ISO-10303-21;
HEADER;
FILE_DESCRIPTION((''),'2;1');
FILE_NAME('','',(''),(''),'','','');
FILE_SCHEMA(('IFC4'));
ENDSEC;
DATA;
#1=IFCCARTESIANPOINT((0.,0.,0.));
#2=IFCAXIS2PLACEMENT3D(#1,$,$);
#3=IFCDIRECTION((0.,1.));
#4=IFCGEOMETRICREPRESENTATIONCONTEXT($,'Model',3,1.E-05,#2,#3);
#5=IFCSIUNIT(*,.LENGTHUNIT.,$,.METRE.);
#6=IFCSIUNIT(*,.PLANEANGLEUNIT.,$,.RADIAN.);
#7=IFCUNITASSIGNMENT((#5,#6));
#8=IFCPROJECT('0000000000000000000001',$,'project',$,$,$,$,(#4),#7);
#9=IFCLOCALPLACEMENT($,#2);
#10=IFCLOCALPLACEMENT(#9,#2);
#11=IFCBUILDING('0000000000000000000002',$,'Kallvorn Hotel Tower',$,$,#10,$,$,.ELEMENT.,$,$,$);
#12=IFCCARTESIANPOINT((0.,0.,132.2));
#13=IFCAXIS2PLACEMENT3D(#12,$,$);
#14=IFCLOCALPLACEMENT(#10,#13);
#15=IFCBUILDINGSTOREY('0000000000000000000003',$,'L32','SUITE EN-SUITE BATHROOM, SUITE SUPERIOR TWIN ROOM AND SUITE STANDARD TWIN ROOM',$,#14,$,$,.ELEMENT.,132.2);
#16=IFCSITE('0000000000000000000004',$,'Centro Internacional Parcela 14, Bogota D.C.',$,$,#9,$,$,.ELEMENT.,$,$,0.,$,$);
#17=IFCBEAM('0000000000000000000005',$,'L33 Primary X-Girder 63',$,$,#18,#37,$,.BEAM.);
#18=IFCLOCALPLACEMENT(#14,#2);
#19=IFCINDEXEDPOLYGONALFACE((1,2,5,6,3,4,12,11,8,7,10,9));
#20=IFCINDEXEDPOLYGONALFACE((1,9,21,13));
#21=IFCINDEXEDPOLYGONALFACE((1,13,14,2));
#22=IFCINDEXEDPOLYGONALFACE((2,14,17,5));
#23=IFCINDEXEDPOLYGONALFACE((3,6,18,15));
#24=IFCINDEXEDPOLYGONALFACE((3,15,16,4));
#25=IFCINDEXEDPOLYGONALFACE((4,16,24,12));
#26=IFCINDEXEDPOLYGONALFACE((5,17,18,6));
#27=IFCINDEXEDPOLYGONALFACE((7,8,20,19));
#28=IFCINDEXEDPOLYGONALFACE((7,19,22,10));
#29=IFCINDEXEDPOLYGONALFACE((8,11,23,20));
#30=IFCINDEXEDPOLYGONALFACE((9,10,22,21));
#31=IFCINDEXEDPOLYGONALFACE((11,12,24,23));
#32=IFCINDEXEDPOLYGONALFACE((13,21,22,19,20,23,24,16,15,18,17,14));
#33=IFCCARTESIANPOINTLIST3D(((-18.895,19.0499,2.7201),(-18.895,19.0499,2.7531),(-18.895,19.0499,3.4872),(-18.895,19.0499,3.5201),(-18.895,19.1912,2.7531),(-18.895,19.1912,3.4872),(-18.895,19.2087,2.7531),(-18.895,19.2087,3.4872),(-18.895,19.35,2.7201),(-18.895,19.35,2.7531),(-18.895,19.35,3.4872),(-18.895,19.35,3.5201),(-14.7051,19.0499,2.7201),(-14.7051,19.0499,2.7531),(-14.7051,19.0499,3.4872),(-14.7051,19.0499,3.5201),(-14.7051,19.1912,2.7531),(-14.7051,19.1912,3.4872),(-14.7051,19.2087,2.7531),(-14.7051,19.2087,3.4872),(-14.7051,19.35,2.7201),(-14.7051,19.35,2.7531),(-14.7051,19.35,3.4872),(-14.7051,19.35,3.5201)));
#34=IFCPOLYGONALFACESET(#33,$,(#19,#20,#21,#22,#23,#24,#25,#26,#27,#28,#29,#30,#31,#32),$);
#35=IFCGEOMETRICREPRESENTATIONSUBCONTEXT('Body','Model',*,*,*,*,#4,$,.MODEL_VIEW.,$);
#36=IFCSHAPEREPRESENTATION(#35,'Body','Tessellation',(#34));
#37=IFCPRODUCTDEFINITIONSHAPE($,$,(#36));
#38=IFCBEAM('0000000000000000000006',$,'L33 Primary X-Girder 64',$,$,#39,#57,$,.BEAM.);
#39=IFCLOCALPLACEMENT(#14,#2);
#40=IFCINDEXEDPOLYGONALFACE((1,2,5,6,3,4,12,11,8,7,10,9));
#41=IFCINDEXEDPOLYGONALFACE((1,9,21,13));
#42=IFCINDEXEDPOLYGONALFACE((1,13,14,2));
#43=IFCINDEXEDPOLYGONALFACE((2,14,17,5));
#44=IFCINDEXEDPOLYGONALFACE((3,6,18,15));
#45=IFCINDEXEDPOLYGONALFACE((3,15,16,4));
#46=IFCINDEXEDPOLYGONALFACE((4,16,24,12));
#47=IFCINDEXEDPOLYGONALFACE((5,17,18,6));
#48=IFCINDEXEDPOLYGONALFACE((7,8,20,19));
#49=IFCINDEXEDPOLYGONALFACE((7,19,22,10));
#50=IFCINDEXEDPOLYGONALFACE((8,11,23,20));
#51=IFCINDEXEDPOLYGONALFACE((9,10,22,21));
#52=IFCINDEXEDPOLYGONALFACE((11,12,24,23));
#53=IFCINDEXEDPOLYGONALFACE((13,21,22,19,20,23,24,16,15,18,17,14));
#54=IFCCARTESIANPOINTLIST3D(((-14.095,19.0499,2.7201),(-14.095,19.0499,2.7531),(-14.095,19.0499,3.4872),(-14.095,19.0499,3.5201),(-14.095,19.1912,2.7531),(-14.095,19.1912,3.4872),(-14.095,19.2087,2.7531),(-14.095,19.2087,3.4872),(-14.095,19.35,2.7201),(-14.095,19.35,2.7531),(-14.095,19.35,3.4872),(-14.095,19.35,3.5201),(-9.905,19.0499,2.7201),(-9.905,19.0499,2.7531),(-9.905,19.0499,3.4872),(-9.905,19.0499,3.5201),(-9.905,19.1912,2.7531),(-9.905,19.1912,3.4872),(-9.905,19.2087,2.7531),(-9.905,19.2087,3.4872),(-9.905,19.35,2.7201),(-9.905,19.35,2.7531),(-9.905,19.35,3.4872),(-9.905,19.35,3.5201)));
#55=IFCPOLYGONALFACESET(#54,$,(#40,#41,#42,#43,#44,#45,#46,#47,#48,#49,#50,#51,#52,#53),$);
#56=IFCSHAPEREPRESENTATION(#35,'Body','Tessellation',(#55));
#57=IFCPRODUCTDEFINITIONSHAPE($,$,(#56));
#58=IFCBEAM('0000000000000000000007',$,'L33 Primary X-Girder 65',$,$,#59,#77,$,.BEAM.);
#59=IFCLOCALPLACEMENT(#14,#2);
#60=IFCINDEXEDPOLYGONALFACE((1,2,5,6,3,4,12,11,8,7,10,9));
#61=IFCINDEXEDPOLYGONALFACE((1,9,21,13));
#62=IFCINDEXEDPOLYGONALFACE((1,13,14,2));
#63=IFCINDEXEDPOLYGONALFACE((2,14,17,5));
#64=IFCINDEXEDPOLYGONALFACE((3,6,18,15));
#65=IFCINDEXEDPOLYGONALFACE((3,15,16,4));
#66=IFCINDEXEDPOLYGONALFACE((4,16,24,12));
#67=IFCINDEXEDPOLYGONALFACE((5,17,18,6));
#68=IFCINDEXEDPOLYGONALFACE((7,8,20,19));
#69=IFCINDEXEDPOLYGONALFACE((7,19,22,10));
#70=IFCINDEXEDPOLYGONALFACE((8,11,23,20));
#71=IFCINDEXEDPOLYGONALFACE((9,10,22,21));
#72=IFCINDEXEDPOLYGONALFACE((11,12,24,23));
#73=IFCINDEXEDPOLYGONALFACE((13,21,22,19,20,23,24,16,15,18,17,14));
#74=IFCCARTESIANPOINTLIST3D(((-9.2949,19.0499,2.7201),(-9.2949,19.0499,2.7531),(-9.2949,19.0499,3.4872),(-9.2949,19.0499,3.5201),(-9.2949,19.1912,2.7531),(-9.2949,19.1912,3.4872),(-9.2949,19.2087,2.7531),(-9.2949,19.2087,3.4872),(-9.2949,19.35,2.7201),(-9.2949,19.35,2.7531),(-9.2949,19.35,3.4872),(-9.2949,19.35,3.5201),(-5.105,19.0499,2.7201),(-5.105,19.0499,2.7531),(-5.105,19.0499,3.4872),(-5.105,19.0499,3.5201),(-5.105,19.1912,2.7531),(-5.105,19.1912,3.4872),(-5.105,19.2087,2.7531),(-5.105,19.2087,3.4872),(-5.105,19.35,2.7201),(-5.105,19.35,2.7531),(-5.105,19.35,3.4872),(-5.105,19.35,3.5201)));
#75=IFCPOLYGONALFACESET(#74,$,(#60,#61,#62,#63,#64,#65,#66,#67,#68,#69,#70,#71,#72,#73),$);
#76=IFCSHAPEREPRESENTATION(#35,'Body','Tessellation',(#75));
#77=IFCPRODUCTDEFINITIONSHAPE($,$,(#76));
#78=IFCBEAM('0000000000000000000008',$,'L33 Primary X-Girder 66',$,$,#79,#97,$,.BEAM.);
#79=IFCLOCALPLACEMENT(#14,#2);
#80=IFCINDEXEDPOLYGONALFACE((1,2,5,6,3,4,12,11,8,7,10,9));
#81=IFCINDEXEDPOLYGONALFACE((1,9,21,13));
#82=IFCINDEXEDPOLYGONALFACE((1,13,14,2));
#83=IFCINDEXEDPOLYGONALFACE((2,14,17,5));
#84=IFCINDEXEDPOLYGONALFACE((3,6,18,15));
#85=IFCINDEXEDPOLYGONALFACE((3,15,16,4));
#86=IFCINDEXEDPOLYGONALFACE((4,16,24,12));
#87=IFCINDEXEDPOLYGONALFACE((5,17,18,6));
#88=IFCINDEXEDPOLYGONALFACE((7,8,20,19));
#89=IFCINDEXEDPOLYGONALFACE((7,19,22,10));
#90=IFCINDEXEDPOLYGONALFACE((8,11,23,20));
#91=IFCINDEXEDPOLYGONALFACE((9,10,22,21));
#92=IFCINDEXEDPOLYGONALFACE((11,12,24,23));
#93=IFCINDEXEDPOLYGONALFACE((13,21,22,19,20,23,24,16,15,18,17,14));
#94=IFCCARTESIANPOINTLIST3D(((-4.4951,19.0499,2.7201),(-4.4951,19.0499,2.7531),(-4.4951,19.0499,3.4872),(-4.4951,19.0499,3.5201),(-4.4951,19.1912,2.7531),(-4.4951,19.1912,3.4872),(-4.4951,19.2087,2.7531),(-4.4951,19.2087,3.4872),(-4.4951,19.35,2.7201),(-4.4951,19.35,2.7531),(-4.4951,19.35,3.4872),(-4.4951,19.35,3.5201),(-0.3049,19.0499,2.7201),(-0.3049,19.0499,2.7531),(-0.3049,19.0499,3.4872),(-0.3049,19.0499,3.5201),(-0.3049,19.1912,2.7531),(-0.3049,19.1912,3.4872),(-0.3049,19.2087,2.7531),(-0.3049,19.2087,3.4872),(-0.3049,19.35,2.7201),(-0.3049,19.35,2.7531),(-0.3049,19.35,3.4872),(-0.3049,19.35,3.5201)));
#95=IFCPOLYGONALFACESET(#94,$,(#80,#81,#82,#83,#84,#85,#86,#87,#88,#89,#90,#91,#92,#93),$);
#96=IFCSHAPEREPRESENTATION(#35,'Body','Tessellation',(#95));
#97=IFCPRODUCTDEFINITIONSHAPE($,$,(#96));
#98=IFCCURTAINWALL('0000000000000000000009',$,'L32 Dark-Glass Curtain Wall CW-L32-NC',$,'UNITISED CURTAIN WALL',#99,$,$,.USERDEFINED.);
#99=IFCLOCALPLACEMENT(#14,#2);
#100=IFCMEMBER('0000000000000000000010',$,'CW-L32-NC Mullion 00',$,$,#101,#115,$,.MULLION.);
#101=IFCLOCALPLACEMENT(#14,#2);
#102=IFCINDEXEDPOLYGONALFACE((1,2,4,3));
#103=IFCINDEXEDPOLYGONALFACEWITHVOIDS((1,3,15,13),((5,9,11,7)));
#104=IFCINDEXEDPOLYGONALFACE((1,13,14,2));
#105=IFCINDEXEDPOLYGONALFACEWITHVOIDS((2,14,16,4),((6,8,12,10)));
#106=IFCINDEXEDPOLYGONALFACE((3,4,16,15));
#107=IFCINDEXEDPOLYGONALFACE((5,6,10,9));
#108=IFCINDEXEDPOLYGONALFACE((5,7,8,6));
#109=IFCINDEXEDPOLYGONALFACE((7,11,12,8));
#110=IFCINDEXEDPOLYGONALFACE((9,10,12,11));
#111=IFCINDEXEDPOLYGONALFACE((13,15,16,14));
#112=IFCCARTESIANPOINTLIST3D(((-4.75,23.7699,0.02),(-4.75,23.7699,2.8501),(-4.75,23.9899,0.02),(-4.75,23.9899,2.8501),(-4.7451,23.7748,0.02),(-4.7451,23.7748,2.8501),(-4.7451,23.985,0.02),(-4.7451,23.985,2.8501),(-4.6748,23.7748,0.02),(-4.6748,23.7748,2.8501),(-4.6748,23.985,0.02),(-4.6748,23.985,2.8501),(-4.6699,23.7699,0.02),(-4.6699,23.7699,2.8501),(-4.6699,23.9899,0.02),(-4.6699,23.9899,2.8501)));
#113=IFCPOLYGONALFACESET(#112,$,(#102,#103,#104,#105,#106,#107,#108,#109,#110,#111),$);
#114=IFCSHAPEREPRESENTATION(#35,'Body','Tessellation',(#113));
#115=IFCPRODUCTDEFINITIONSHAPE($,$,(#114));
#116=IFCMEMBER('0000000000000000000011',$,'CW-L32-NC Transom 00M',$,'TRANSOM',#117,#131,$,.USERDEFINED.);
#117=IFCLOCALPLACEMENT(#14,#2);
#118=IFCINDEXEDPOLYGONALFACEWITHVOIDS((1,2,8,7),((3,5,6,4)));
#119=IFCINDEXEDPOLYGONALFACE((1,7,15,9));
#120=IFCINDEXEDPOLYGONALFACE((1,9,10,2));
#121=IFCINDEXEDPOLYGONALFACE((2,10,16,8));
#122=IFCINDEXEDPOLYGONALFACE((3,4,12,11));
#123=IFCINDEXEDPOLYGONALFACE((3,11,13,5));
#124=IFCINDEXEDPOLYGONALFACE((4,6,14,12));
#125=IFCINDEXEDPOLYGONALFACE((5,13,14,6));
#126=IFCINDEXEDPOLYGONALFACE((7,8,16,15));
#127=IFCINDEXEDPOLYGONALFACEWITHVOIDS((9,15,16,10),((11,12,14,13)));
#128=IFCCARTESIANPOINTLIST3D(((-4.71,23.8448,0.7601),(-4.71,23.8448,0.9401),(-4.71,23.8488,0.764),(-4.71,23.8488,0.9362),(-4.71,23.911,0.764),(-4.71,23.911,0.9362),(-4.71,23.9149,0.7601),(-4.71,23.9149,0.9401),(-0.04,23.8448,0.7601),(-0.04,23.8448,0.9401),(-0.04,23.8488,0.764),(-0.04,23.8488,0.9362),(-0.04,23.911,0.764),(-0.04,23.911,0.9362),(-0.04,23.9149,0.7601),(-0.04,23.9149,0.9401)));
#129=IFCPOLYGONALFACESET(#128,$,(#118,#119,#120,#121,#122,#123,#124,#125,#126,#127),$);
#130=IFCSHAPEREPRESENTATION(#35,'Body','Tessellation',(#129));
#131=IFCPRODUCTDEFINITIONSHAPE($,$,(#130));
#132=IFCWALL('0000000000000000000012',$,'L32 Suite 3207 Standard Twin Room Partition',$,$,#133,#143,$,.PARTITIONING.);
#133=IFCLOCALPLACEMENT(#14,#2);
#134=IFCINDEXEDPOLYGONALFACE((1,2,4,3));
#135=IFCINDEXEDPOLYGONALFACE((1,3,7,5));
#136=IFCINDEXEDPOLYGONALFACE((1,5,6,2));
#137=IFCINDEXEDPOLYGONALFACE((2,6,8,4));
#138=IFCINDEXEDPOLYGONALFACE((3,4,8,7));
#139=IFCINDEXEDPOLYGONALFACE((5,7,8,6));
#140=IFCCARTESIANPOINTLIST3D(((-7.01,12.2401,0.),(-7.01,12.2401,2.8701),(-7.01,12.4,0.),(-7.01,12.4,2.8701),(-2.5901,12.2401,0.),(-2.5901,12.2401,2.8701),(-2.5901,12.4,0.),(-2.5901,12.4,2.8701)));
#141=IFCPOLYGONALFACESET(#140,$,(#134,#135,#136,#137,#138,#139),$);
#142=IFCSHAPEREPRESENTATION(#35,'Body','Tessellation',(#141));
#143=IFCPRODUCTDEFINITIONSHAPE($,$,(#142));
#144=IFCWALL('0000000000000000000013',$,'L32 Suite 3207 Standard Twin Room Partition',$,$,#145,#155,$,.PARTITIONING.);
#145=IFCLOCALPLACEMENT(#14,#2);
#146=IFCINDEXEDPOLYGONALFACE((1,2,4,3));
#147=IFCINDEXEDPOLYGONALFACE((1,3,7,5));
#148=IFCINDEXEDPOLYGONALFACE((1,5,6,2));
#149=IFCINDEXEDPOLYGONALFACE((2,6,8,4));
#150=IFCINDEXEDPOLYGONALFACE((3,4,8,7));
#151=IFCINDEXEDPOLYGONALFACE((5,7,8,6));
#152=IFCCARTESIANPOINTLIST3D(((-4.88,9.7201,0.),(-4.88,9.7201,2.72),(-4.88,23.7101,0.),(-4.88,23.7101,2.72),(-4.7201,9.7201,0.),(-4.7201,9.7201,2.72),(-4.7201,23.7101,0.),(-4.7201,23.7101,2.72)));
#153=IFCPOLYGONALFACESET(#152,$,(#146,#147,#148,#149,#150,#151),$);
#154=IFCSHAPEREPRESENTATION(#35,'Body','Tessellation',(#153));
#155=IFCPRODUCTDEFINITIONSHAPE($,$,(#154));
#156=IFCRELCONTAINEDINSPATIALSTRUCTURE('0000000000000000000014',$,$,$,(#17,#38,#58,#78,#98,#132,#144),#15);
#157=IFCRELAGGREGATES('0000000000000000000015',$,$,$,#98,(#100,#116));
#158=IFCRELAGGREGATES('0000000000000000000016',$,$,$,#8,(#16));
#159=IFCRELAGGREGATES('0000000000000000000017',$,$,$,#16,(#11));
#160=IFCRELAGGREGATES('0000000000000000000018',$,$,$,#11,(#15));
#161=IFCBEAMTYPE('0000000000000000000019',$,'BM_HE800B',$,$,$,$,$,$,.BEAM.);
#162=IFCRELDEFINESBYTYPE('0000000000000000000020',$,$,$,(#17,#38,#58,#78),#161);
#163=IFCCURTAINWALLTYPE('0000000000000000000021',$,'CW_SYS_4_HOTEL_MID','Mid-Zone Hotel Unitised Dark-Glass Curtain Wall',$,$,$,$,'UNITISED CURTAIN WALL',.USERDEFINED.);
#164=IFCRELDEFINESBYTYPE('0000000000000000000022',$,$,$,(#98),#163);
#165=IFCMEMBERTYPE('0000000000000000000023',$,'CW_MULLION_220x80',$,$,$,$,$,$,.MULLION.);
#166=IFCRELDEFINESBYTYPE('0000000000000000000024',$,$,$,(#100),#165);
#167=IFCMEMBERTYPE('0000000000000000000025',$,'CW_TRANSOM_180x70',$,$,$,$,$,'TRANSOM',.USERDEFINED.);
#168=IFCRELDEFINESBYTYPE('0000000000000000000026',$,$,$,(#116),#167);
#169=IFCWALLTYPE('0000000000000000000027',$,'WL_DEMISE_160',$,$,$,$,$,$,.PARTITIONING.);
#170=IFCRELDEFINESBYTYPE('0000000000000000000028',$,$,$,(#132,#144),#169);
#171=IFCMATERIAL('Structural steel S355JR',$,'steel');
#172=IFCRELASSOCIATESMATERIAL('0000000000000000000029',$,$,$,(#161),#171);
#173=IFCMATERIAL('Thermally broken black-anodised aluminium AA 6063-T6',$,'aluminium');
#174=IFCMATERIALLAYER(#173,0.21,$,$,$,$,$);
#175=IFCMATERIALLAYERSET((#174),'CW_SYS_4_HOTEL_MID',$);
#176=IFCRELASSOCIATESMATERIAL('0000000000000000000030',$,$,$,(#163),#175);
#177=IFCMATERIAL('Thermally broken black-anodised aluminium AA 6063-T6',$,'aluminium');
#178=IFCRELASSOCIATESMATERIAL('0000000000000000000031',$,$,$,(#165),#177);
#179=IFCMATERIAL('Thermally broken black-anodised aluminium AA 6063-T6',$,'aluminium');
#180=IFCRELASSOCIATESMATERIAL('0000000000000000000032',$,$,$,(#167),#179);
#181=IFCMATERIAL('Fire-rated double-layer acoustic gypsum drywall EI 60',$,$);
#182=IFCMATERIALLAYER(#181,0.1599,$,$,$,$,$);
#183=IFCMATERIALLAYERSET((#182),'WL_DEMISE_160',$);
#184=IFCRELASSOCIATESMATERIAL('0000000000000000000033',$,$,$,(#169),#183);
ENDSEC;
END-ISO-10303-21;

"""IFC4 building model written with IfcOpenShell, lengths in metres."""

from ifc_helpers import new_model, si_unit, direction, frame, frame_2d, origin, origin_2d, place, context, subcontext, project, spatial, rectangle, hollow_rectangle, i_section, extrude, material, layer, layer_set, material_profile, profile_set, type_object, element, aggregate, save


model = new_model("IFC4")

# Units and contexts
model_context = context("Model", 3, precision=1e-05, world=origin(), true_north=direction((0.0, 1.0)))
body_context = subcontext(model_context, "Body", "Model", "MODEL_VIEW")
ifc_project = project(units=[si_unit("LENGTHUNIT", "METRE"), si_unit("PLANEANGLEUNIT", "RADIAN")], contexts=[model_context])

# Site, building, storey
site_placement = place(None, origin())
site = spatial("IfcSite", under=ifc_project, at=site_placement, Name="Centro Internacional Parcela 14, Bogota D.C.", CompositionType="ELEMENT", RefElevation=0.0)
building_placement = place(site_placement, origin())
building = spatial("IfcBuilding", under=site, at=building_placement, Name="Kallvorn Hotel Tower", CompositionType="ELEMENT")
storey_placement = place(building_placement, frame((0.0, 0.0, 132.2)))
storey = spatial("IfcBuildingStorey", under=building, at=storey_placement, Name="L32", Description="SUITE EN-SUITE BATHROOM, SUITE SUPERIOR TWIN ROOM AND SUITE STANDARD TWIN ROOM", CompositionType="ELEMENT", Elevation=132.2)

# Beams
ifc_material_1 = material(Name="Structural steel S355JR", Category="steel")
ifc_material_profile_1 = material_profile(ifc_material_1, i_section(OverallWidth=0.3, OverallDepth=0.8, WebThickness=0.0176, FlangeThickness=0.033, at=origin_2d()), Name="HE 800 B")
ifc_profile_set_1 = profile_set([ifc_material_profile_1], Name="Structural steel S355JR")
beam_type_1 = type_object("IfcBeamType", Name="BM_HE800B", PredefinedType="BEAM", material=ifc_profile_set_1)
for number, where, z_axis, x_axis, name in (
    (1, (-18.895, 19.2, 3.1201), (1.0, 0.0, 0.0), (0.0, 1.0, 0.0), "L33 Primary X-Girder 63"),
    (2, (-14.095, 19.2, 3.1201), (1.0, 0.0, 0.0), (0.0, 1.0, 0.0), "L33 Primary X-Girder 64"),
    (3, (-9.2949, 19.2, 3.1201), (1.0, 0.0, 0.0), (0.0, 1.0, 0.0), "L33 Primary X-Girder 65"),
):
    element("IfcBeam", number, at=place(storey_placement, frame(where, z_axis=z_axis, x_axis=x_axis)), inside=storey, type_object=beam_type_1, Name=name, PredefinedType="BEAM", context=body_context, shape_type="SweptSolid", body=[
        extrude(i_section(OverallWidth=0.3, OverallDepth=0.8, WebThickness=0.0176, FlangeThickness=0.033, at=origin_2d()), origin(), (0.0, 0.0, 1.0), 4.1899),
    ])
beam_1_placement = place(storey_placement, frame((-4.4951, 19.2, 3.1201), z_axis=(1.0, 0.0, 0.0), x_axis=(0.0, 1.0, 0.0)))
element("IfcBeam", 4, at=beam_1_placement, inside=storey, type_object=beam_type_1, Name="L33 Primary X-Girder 66", PredefinedType="BEAM", context=body_context, shape_type="SweptSolid", body=[
    extrude(i_section(OverallWidth=0.3, OverallDepth=0.8, WebThickness=0.0176, FlangeThickness=0.033, at=origin_2d()), origin(), (0.0, 0.0, 1.0), 4.1902),
])

# Curtain wall, members
ifc_material_2 = material(Name="Thermally broken black-anodised aluminium AA 6063-T6", Category="aluminium")
ifc_layer_1 = layer(ifc_material_2, 0.21)
ifc_layer_set_1 = layer_set([ifc_layer_1], Name="CW_SYS_4_HOTEL_MID")
curtain_wall_type = type_object("IfcCurtainWallType", Name="CW_SYS_4_HOTEL_MID", Description="Mid-Zone Hotel Unitised Dark-Glass Curtain Wall", ElementType="UNITISED CURTAIN WALL", PredefinedType="USERDEFINED", material=ifc_layer_set_1)
curtain_wall_placement = place(storey_placement, origin())
curtain_wall = element("IfcCurtainWall", 5, at=curtain_wall_placement, inside=storey, type_object=curtain_wall_type, Name="L32 Dark-Glass Curtain Wall CW-L32-NC", ObjectType="UNITISED CURTAIN WALL", PredefinedType="USERDEFINED")
ifc_material_3 = material(Name="Thermally broken black-anodised aluminium AA 6063-T6", Category="aluminium")
ifc_material_profile_2 = material_profile(ifc_material_3, hollow_rectangle(XDim=0.0801, YDim=0.22, WallThickness=0.0049, at=origin_2d()), Name="MUL 220x80")
ifc_profile_set_2 = profile_set([ifc_material_profile_2], Name="Thermally broken black-anodised aluminium AA 6063-T6")
member_type_1 = type_object("IfcMemberType", Name="CW_MULLION_220x80", PredefinedType="MULLION", material=ifc_profile_set_2)
member_1_placement = place(storey_placement, frame((-4.71, 23.8799, 0.02), z_axis=(0.0, 0.0, 1.0), x_axis=(1.0, 0.0, 0.0)))
member_1 = element("IfcMember", 6, at=member_1_placement, type_object=member_type_1, Name="CW-L32-NC Mullion 00", PredefinedType="MULLION", context=body_context, shape_type="SweptSolid", body=[
    extrude(hollow_rectangle(XDim=0.0801, YDim=0.22, WallThickness=0.0049, at=origin_2d()), origin(), (0.0, 0.0, 1.0), 2.8301),
])
ifc_material_4 = material(Name="Thermally broken black-anodised aluminium AA 6063-T6", Category="aluminium")
ifc_material_profile_3 = material_profile(ifc_material_4, hollow_rectangle(XDim=0.0701, YDim=0.1799, WallThickness=0.0039, at=origin_2d()), Name="TRN 180x70")
ifc_profile_set_3 = profile_set([ifc_material_profile_3], Name="Thermally broken black-anodised aluminium AA 6063-T6")
member_type_2 = type_object("IfcMemberType", Name="CW_TRANSOM_180x70", ElementType="TRANSOM", PredefinedType="USERDEFINED", material=ifc_profile_set_3)
member_2_placement = place(storey_placement, frame((-4.71, 23.8799, 0.8501), z_axis=(1.0, 0.0, 0.0), x_axis=(0.0, 1.0, 0.0)))
member_2 = element("IfcMember", 7, at=member_2_placement, type_object=member_type_2, Name="CW-L32-NC Transom 00M", ObjectType="TRANSOM", PredefinedType="USERDEFINED", context=body_context, shape_type="SweptSolid", body=[
    extrude(hollow_rectangle(XDim=0.0701, YDim=0.1799, WallThickness=0.0039, at=origin_2d()), origin(), (0.0, 0.0, 1.0), 4.6699),
])
aggregate(curtain_wall, [member_1, member_2])

# Walls
ifc_material_5 = material(Name="Fire-rated double-layer acoustic gypsum drywall EI 60")
ifc_layer_2 = layer(ifc_material_5, 0.1599)
ifc_layer_set_2 = layer_set([ifc_layer_2], Name="WL_DEMISE_160")
wall_type = type_object("IfcWallType", Name="WL_DEMISE_160", PredefinedType="PARTITIONING", material=ifc_layer_set_2)
wall_1_placement = place(storey_placement, frame((-7.01, 12.3201, 0.0), z_axis=(0.0, 0.0, 1.0), x_axis=(1.0, 0.0, 0.0)))
element("IfcWall", 8, at=wall_1_placement, inside=storey, type_object=wall_type, Name="L32 Suite 3207 Standard Twin Room Partition", PredefinedType="PARTITIONING", context=body_context, shape_type="SweptSolid", body=[
    extrude(rectangle(XDim=4.4199, YDim=0.1599, at=frame_2d((2.21, 0.0))), origin(), (0.0, 0.0, 1.0), 2.8701),
])
wall_2_placement = place(storey_placement, frame((-4.8, 9.72, 0.0), z_axis=(0.0, 0.0, 1.0), x_axis=(0.0, 1.0, 0.0)))
element("IfcWall", 9, at=wall_2_placement, inside=storey, type_object=wall_type, Name="L32 Suite 3207 Standard Twin Room Partition", PredefinedType="PARTITIONING", context=body_context, shape_type="SweptSolid", body=[
    extrude(rectangle(XDim=13.99, YDim=0.1599, at=frame_2d((6.9951, 0.0))), origin(), (0.0, 0.0, 1.0), 2.72),
])

save(model, "model.ifc")
